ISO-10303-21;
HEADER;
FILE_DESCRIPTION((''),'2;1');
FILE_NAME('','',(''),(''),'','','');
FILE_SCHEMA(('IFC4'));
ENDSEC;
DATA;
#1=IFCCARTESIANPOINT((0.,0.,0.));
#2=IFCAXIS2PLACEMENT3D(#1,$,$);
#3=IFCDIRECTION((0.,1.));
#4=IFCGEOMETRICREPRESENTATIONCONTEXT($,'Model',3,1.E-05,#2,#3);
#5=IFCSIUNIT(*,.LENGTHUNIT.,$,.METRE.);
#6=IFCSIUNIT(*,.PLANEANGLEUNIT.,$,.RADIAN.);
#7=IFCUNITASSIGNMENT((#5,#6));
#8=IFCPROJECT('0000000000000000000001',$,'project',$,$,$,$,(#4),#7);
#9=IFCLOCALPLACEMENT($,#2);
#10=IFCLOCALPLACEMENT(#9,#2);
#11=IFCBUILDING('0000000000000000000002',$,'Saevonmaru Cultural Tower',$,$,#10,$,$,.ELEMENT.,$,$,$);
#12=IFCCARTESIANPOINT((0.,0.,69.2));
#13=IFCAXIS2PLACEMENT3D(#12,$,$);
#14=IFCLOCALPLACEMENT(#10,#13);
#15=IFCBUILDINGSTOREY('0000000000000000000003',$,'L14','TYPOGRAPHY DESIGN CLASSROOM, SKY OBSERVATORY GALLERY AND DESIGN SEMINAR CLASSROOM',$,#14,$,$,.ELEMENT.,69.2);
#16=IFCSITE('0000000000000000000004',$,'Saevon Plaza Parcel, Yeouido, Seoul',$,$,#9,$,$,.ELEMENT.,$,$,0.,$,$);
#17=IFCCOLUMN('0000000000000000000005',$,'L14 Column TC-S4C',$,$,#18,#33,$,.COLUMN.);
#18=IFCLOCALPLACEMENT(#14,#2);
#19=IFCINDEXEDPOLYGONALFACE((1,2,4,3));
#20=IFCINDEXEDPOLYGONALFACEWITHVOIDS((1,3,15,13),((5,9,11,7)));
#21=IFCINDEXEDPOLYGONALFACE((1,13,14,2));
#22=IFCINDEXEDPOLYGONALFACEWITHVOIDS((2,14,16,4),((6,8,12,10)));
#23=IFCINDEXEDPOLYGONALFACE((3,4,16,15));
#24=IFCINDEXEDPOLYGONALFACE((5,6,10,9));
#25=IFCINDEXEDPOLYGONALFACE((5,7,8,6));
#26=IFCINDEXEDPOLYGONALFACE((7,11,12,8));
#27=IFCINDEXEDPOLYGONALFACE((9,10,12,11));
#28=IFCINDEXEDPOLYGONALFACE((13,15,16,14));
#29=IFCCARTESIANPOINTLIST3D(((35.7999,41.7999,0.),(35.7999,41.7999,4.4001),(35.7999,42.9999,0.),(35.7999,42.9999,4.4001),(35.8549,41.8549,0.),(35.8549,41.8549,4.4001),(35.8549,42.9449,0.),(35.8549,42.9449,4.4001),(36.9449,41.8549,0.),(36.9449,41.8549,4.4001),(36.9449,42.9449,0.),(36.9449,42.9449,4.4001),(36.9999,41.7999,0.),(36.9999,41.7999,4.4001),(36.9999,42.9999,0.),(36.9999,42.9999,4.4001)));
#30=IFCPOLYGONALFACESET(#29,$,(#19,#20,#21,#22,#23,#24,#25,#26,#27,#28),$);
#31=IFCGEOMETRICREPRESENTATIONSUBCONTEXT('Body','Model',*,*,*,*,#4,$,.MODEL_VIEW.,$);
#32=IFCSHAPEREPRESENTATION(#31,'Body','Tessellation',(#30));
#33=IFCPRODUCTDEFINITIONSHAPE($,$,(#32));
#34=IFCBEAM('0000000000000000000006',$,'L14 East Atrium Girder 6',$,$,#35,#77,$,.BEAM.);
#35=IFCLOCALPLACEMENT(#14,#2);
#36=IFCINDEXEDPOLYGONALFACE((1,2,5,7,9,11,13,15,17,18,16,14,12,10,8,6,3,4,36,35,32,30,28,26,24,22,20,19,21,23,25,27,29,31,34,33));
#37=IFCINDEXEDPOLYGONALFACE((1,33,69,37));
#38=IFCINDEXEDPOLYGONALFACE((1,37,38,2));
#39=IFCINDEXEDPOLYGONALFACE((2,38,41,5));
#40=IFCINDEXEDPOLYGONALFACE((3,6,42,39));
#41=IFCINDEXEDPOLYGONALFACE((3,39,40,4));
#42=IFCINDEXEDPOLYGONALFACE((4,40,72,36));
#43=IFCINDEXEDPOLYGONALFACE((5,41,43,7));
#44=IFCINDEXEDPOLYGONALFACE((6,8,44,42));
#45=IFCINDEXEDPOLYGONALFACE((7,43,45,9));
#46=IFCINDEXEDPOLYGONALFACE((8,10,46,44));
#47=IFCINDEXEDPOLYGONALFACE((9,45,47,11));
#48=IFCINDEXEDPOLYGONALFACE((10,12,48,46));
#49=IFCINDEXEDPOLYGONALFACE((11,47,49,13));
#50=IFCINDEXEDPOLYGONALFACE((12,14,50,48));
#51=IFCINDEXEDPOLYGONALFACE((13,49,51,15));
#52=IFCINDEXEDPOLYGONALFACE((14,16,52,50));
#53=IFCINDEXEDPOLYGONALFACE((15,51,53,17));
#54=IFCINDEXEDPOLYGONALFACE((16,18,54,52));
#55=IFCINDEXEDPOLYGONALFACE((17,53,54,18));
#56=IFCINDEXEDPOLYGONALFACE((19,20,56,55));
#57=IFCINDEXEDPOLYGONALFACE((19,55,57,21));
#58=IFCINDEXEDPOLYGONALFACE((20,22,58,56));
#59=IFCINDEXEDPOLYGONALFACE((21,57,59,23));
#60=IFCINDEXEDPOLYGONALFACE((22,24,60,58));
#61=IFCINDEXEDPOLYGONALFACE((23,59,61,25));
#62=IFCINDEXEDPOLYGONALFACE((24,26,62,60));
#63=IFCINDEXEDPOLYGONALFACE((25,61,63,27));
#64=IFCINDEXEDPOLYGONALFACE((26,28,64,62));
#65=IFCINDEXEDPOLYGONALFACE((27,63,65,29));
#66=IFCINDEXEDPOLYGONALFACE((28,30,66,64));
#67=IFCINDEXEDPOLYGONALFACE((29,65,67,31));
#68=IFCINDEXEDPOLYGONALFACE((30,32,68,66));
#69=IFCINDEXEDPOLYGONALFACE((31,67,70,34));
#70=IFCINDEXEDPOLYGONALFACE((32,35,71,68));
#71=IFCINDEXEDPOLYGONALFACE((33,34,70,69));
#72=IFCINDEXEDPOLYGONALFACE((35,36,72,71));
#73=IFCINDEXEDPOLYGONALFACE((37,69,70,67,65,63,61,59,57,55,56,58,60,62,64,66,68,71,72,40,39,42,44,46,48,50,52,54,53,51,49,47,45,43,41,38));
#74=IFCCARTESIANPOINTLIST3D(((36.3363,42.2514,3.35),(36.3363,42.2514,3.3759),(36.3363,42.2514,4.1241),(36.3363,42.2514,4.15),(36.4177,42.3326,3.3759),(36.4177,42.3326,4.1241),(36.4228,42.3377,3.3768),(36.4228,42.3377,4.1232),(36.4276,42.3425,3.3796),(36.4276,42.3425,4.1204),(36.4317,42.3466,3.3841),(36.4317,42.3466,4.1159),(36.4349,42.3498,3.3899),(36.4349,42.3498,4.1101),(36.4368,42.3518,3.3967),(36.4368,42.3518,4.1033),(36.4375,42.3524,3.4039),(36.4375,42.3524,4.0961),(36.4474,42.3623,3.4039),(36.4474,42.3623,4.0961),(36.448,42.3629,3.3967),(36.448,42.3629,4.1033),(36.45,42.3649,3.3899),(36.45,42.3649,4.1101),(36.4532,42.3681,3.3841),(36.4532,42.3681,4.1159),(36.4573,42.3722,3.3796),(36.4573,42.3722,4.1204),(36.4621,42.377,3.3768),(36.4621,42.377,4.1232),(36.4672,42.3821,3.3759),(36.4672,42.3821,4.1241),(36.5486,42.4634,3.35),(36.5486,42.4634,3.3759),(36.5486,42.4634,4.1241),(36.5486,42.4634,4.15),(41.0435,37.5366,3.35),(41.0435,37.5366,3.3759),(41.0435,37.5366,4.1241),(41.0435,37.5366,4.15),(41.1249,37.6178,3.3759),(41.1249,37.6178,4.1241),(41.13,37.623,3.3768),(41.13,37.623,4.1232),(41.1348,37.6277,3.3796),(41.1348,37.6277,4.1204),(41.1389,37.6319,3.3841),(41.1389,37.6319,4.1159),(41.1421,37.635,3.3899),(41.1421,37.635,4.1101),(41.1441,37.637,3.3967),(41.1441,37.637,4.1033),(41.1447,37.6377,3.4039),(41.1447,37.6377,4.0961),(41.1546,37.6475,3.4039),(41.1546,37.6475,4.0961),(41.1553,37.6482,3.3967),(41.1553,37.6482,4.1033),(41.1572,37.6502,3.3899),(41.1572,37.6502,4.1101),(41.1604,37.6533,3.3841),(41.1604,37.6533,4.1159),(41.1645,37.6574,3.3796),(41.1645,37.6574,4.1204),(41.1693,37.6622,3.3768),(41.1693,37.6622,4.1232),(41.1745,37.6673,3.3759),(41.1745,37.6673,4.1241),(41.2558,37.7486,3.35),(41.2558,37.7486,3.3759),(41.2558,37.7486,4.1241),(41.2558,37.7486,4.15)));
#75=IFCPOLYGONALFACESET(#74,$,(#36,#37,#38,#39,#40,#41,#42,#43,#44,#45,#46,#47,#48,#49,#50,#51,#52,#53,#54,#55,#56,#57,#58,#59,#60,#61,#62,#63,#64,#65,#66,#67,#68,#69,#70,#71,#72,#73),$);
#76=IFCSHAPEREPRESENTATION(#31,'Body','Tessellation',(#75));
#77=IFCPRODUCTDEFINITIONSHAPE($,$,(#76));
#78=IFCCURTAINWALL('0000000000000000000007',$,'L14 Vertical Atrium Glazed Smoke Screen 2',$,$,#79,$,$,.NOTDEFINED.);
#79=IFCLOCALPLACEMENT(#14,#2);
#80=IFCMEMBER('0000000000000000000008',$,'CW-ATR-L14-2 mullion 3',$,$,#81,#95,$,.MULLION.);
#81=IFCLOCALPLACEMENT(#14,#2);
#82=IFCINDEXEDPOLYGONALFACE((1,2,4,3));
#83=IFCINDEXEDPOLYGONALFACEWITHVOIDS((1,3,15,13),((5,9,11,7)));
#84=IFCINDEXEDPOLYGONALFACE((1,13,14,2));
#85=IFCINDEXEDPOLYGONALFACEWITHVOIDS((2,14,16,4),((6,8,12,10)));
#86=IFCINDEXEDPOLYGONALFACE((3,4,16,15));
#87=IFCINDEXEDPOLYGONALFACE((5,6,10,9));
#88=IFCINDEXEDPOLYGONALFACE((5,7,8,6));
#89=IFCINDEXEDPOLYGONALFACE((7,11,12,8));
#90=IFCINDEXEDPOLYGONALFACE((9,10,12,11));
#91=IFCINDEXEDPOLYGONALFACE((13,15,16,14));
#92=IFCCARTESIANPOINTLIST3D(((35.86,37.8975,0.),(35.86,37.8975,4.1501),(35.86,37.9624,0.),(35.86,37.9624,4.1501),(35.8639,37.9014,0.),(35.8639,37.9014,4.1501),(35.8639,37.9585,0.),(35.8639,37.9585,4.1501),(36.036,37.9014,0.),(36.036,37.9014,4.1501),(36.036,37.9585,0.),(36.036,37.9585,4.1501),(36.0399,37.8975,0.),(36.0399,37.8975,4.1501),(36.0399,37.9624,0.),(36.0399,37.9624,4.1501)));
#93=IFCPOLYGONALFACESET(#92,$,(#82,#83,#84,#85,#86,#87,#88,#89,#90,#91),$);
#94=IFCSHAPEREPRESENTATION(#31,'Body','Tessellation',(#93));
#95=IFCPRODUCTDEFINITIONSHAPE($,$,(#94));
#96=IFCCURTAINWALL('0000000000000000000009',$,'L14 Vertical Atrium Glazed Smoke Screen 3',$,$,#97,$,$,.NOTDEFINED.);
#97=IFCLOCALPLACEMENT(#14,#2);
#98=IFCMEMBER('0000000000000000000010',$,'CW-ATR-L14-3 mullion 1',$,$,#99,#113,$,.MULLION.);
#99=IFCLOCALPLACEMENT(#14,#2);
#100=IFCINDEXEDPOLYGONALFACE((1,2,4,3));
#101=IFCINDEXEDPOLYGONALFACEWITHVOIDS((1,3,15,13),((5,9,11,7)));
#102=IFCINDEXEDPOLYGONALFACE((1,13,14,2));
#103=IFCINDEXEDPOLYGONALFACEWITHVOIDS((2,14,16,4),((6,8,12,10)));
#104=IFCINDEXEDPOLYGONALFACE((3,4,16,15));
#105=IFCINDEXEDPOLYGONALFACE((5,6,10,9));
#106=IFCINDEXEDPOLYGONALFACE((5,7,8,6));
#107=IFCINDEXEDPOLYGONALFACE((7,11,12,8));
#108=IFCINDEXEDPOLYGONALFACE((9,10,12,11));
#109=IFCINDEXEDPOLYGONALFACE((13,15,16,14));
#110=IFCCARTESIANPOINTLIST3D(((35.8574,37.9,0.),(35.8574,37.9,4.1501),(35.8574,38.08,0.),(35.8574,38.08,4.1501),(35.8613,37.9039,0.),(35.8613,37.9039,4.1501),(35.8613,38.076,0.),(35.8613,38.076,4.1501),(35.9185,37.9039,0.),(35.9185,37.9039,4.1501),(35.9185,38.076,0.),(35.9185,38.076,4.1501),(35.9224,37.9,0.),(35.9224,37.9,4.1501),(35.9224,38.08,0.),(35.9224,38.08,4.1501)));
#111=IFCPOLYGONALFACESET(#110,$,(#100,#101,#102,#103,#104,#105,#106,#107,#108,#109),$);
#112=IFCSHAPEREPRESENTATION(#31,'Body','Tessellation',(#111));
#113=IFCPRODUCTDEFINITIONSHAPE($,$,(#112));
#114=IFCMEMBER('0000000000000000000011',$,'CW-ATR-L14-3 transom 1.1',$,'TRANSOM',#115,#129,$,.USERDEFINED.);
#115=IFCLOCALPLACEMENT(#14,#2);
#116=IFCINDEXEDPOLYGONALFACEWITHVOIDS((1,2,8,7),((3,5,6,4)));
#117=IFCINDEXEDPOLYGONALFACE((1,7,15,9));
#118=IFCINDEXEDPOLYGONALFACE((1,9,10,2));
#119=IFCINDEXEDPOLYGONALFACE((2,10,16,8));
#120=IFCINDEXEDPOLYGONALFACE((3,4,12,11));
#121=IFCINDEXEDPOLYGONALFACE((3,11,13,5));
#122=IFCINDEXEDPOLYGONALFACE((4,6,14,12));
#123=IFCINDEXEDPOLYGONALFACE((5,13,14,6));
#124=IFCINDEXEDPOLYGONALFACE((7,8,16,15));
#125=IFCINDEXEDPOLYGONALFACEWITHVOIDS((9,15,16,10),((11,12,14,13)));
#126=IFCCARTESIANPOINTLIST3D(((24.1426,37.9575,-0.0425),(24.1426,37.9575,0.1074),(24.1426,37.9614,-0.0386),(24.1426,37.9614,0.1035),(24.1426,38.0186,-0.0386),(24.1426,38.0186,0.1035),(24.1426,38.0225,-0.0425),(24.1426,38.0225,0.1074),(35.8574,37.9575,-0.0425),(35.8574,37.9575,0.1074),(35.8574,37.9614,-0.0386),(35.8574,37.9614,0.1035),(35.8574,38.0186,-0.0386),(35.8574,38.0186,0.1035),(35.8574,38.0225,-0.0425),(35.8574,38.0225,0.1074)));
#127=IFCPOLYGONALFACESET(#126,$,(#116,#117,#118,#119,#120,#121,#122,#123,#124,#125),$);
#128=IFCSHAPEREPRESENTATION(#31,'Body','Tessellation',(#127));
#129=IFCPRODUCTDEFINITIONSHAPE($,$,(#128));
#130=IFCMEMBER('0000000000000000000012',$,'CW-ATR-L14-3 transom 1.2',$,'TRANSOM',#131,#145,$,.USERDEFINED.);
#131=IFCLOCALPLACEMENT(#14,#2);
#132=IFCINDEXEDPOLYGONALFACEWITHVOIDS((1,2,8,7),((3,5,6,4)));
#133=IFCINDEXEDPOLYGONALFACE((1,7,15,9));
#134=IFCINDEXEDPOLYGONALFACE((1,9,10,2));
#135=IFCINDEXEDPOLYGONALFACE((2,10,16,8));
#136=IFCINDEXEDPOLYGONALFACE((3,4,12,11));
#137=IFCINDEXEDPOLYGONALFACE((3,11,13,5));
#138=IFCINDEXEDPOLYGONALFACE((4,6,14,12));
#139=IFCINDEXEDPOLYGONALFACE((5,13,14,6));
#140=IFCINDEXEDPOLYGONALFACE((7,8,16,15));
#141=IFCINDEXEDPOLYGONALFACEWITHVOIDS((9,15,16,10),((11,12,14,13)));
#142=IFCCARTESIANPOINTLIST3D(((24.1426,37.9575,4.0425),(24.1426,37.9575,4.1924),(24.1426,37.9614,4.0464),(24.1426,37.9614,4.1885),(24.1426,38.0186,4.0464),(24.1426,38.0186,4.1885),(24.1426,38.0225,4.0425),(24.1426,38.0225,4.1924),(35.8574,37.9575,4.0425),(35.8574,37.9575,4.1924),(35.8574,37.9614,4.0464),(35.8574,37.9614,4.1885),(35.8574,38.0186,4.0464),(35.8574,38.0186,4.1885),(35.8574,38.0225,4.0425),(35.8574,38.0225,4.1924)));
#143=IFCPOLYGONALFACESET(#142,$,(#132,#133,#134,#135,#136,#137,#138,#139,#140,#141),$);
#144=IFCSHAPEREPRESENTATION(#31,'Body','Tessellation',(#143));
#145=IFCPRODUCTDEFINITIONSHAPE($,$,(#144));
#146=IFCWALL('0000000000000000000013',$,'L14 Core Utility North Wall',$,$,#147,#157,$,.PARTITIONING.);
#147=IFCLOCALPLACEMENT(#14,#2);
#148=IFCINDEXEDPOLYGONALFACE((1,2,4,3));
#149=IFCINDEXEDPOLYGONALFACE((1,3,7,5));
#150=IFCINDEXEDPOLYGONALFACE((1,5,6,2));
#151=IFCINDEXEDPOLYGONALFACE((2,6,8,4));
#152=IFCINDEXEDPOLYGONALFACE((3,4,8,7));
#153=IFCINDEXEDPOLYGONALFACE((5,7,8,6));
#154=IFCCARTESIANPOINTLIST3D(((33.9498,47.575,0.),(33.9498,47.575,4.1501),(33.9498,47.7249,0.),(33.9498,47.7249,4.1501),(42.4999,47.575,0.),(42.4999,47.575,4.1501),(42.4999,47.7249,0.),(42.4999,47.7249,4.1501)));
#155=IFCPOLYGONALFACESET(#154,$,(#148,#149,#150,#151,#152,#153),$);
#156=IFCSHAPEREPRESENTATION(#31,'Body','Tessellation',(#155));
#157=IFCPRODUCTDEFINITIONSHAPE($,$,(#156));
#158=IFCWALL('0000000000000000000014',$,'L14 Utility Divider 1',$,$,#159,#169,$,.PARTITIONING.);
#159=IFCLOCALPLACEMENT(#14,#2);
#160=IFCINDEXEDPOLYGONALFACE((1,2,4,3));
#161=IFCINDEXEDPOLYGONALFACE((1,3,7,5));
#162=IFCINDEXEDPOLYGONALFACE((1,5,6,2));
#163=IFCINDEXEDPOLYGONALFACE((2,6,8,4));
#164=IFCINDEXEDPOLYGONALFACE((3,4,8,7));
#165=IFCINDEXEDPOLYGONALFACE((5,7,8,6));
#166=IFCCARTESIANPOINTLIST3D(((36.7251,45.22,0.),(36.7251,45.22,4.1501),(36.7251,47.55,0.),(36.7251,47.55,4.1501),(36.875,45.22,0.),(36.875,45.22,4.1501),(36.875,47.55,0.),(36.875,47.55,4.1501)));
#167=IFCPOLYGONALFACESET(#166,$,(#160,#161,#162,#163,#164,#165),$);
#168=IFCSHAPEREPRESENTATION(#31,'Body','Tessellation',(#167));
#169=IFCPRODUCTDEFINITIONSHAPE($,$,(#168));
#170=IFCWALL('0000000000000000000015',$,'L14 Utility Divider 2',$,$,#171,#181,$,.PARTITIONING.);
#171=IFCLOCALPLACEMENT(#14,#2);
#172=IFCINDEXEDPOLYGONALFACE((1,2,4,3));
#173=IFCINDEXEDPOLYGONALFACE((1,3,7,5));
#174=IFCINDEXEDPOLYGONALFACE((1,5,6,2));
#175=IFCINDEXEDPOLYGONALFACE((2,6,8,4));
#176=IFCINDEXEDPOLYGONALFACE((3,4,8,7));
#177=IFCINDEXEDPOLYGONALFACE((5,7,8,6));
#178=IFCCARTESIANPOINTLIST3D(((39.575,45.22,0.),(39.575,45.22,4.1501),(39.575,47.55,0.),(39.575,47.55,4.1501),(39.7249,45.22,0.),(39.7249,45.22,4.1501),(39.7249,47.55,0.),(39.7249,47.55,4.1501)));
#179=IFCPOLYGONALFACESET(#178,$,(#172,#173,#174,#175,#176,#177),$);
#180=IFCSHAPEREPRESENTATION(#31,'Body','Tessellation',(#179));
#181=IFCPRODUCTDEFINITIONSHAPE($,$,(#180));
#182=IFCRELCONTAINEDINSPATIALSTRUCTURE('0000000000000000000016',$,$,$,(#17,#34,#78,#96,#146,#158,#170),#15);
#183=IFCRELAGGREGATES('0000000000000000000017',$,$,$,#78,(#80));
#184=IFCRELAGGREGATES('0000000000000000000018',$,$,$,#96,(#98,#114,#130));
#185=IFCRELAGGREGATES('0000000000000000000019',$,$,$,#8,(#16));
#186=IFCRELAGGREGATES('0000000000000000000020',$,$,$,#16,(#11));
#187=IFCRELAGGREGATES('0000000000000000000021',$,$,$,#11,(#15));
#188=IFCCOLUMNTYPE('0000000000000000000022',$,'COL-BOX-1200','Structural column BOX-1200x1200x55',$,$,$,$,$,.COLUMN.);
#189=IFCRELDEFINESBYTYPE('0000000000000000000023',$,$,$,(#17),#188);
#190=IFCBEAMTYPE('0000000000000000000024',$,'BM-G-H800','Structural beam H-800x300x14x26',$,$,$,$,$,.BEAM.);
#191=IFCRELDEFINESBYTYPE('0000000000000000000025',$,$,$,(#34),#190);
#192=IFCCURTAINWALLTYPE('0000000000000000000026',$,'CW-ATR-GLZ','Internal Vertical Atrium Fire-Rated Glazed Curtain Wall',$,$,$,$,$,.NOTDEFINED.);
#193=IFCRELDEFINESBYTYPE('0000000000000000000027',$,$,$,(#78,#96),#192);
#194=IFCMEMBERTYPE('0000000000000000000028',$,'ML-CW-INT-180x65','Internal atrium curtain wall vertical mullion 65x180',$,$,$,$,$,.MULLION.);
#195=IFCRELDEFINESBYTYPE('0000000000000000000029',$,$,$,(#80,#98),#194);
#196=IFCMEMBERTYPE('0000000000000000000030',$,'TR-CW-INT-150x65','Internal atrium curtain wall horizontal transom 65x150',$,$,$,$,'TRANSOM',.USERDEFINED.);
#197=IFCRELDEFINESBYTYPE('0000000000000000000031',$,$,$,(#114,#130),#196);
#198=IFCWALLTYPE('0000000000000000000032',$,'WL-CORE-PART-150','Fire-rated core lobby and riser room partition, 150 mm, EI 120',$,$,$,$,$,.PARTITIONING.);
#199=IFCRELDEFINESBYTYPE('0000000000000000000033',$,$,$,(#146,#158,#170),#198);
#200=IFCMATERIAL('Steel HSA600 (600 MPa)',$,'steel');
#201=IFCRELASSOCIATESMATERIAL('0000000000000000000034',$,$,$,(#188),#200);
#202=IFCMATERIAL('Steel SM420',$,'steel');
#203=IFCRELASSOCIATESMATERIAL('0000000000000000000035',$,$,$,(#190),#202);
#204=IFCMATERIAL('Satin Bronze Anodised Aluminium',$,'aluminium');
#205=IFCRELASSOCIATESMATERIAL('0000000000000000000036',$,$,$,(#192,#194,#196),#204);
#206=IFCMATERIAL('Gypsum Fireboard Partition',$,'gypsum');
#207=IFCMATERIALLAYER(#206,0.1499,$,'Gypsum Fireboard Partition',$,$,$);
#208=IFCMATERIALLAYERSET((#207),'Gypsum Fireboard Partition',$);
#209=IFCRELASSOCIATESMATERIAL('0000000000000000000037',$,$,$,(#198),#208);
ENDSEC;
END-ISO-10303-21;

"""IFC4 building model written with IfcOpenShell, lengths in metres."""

from ifc_helpers import new_model, si_unit, direction, frame, frame_2d, origin, origin_2d, place, context, subcontext, project, spatial, rectangle, hollow_rectangle, i_section, extrude, material, layer, layer_set, material_profile, profile_set, type_object, element, aggregate, save


model = new_model("IFC4")

# Units and contexts
model_context = context("Model", 3, precision=1e-05, world=origin(), true_north=direction((0.0, 1.0)))
body_context = subcontext(model_context, "Body", "Model", "MODEL_VIEW")
ifc_project = project(units=[si_unit("LENGTHUNIT", "METRE"), si_unit("PLANEANGLEUNIT", "RADIAN")], contexts=[model_context])

# Site, building, storey
site_placement = place(None, origin())
site = spatial("IfcSite", under=ifc_project, at=site_placement, Name="Saevon Plaza Parcel, Yeouido, Seoul", CompositionType="ELEMENT", RefElevation=0.0)
building_placement = place(site_placement, origin())
building = spatial("IfcBuilding", under=site, at=building_placement, Name="Saevonmaru Cultural Tower", CompositionType="ELEMENT")
storey_placement = place(building_placement, frame((0.0, 0.0, 69.2)))
storey = spatial("IfcBuildingStorey", under=building, at=storey_placement, Name="L14", Description="TYPOGRAPHY DESIGN CLASSROOM, SKY OBSERVATORY GALLERY AND DESIGN SEMINAR CLASSROOM", CompositionType="ELEMENT", Elevation=69.2)

# Column
ifc_material_1 = material(Name="Steel HSA600 (600 MPa)", Category="steel")
ifc_material_profile_1 = material_profile(ifc_material_1, hollow_rectangle(XDim=1.2, YDim=1.2, WallThickness=0.0549, at=origin_2d()), Name="BOX-1200x1200x55")
ifc_profile_set_1 = profile_set([ifc_material_profile_1], Name="Steel HSA600 (600 MPa)")
column_type = type_object("IfcColumnType", Name="COL-BOX-1200", Description="Structural column BOX-1200x1200x55", PredefinedType="COLUMN", material=ifc_profile_set_1)
column_placement = place(storey_placement, frame((36.3999, 42.3999, 0.0), z_axis=(0.0, 0.0, 1.0), x_axis=(1.0, 0.0, 0.0)))
element("IfcColumn", 1, at=column_placement, inside=storey, type_object=column_type, Name="L14 Column TC-S4C", PredefinedType="COLUMN", context=body_context, shape_type="SweptSolid", body=[
    extrude(hollow_rectangle(XDim=1.2, YDim=1.2, WallThickness=0.0549, at=origin_2d()), origin(), (0.0, 0.0, 1.0), 4.4001),
])

# Beam
ifc_material_2 = material(Name="Steel SM420", Category="steel")
ifc_material_profile_2 = material_profile(ifc_material_2, i_section(OverallWidth=0.3, OverallDepth=0.8, WebThickness=0.0139, FlangeThickness=0.0259, FilletRadius=0.0281, at=origin_2d()), Name="H-800x300x14x26")
ifc_profile_set_2 = profile_set([ifc_material_profile_2], Name="Steel SM420")
beam_type = type_object("IfcBeamType", Name="BM-G-H800", Description="Structural beam H-800x300x14x26", PredefinedType="BEAM", material=ifc_profile_set_2)
beam_placement = place(storey_placement, frame((41.1497, 37.6426, 3.75), z_axis=(-0.706539, 0.707675, 0.0), x_axis=(-0.707675, -0.706539, 0.0)))
element("IfcBeam", 2, at=beam_placement, inside=storey, type_object=beam_type, Name="L14 East Atrium Girder 6", PredefinedType="BEAM", context=body_context, shape_type="SweptSolid", body=[
    extrude(i_section(OverallWidth=0.3, OverallDepth=0.8, WebThickness=0.0139, FlangeThickness=0.0259, FilletRadius=0.0281, at=origin_2d()), origin(), (0.0, 0.0, 1.0), 6.6624),
])

# Curtain wall, member
ifc_material_3 = material(Name="Satin Bronze Anodised Aluminium", Category="aluminium")
curtain_wall_type = type_object("IfcCurtainWallType", Name="CW-ATR-GLZ", Description="Internal Vertical Atrium Fire-Rated Glazed Curtain Wall", PredefinedType="NOTDEFINED", material=ifc_material_3)
curtain_wall_1_placement = place(storey_placement, origin())
curtain_wall_1 = element("IfcCurtainWall", 3, at=curtain_wall_1_placement, inside=storey, type_object=curtain_wall_type, Name="L14 Vertical Atrium Glazed Smoke Screen 2", PredefinedType="NOTDEFINED")
ifc_material_profile_3 = material_profile(ifc_material_3, hollow_rectangle(XDim=0.0649, YDim=0.1799, WallThickness=0.0039, at=origin_2d()), Name="ALU-MULL-180x65x4")
ifc_profile_set_3 = profile_set([ifc_material_profile_3], Name="Satin Bronze Anodised Aluminium")
member_type_1 = type_object("IfcMemberType", Name="ML-CW-INT-180x65", Description="Internal atrium curtain wall vertical mullion 65x180", PredefinedType="MULLION", material=ifc_profile_set_3)
member_1_placement = place(storey_placement, frame((35.95, 37.9299, 0.0), z_axis=(0.0, 0.0, 1.0), x_axis=(0.0, 1.0, 0.0)))
member_1 = element("IfcMember", 4, at=member_1_placement, type_object=member_type_1, Name="CW-ATR-L14-2 mullion 3", PredefinedType="MULLION", context=body_context, shape_type="SweptSolid", body=[
    extrude(hollow_rectangle(XDim=0.0649, YDim=0.1799, WallThickness=0.0039, at=origin_2d()), origin(), (0.0, 0.0, 1.0), 4.1501),
])
aggregate(curtain_wall_1, [member_1])

# Curtain wall, members
curtain_wall_2_placement = place(storey_placement, origin())
curtain_wall_2 = element("IfcCurtainWall", 5, at=curtain_wall_2_placement, inside=storey, type_object=curtain_wall_type, Name="L14 Vertical Atrium Glazed Smoke Screen 3", PredefinedType="NOTDEFINED")
member_2_placement = place(storey_placement, frame((35.8899, 37.99, 0.0), z_axis=(0.0, 0.0, 1.0), x_axis=(-1.0, 0.0, 0.0)))
member_2 = element("IfcMember", 6, at=member_2_placement, type_object=member_type_1, Name="CW-ATR-L14-3 mullion 1", PredefinedType="MULLION", context=body_context, shape_type="SweptSolid", body=[
    extrude(hollow_rectangle(XDim=0.0649, YDim=0.1799, WallThickness=0.0039, at=origin_2d()), origin(), (0.0, 0.0, 1.0), 4.1501),
])
ifc_material_profile_4 = material_profile(ifc_material_3, hollow_rectangle(XDim=0.0649, YDim=0.1499, WallThickness=0.0039, at=origin_2d()), Name="ALU-TRAN-150x65x4")
ifc_profile_set_4 = profile_set([ifc_material_profile_4], Name="Satin Bronze Anodised Aluminium")
member_type_2 = type_object("IfcMemberType", Name="TR-CW-INT-150x65", Description="Internal atrium curtain wall horizontal transom 65x150", ElementType="TRANSOM", PredefinedType="USERDEFINED", material=ifc_profile_set_4)
member_3_placement = place(storey_placement, frame((35.8574, 37.99, 0.0325), z_axis=(-1.0, 0.0, 0.0), x_axis=(0.0, -1.0, 0.0)))
member_3 = element("IfcMember", 7, at=member_3_placement, type_object=member_type_2, Name="CW-ATR-L14-3 transom 1.1", ObjectType="TRANSOM", PredefinedType="USERDEFINED", context=body_context, shape_type="SweptSolid", body=[
    extrude(hollow_rectangle(XDim=0.0649, YDim=0.1499, WallThickness=0.0039, at=origin_2d()), origin(), (0.0, 0.0, 1.0), 11.7148),
])
member_4_placement = place(storey_placement, frame((35.8574, 37.99, 4.1174), z_axis=(-1.0, 0.0, 0.0), x_axis=(0.0, -1.0, 0.0)))
member_4 = element("IfcMember", 8, at=member_4_placement, type_object=member_type_2, Name="CW-ATR-L14-3 transom 1.2", ObjectType="TRANSOM", PredefinedType="USERDEFINED", context=body_context, shape_type="SweptSolid", body=[
    extrude(hollow_rectangle(XDim=0.0649, YDim=0.1499, WallThickness=0.0039, at=origin_2d()), origin(), (0.0, 0.0, 1.0), 11.7148),
])
aggregate(curtain_wall_2, [member_2, member_3, member_4])

# Walls
ifc_material_4 = material(Name="Gypsum Fireboard Partition", Category="gypsum")
ifc_layer_1 = layer(ifc_material_4, 0.1499, Name="Gypsum Fireboard Partition")
ifc_layer_set_1 = layer_set([ifc_layer_1], Name="Gypsum Fireboard Partition")
wall_type_1 = type_object("IfcWallType", Name="WL-CORE-PART-150", Description="Fire-rated core lobby and riser room partition, 150 mm, EI 120", PredefinedType="PARTITIONING", material=ifc_layer_set_1)
wall_1_placement = place(storey_placement, frame((33.95, 47.6499, 0.0), z_axis=(0.0, 0.0, 1.0), x_axis=(1.0, 0.0, 0.0)))
element("IfcWall", 9, at=wall_1_placement, inside=storey, type_object=wall_type_1, Name="L14 Core Utility North Wall", PredefinedType="PARTITIONING", context=body_context, shape_type="SweptSolid", body=[
    extrude(rectangle(XDim=8.55, YDim=0.1499, at=frame_2d((4.2749, 0.0))), origin(), (0.0, 0.0, 1.0), 4.1501),
])
for number, where, z_axis, x_axis, name in (
    (10, (36.8, 45.22, 0.0), (0.0, 0.0, 1.0), (0.0, 1.0, 0.0), "L14 Utility Divider 1"),
    (11, (39.6499, 45.22, 0.0), (0.0, 0.0, 1.0), (0.0, 1.0, 0.0), "L14 Utility Divider 2"),
):
    element("IfcWall", number, at=place(storey_placement, frame(where, z_axis=z_axis, x_axis=x_axis)), inside=storey, type_object=wall_type_1, Name=name, PredefinedType="PARTITIONING", context=body_context, shape_type="SweptSolid", body=[
        extrude(rectangle(XDim=2.3301, YDim=0.1499, at=frame_2d((1.165, 0.0))), origin(), (0.0, 0.0, 1.0), 4.1501),
    ])

save(model, "model.ifc")
